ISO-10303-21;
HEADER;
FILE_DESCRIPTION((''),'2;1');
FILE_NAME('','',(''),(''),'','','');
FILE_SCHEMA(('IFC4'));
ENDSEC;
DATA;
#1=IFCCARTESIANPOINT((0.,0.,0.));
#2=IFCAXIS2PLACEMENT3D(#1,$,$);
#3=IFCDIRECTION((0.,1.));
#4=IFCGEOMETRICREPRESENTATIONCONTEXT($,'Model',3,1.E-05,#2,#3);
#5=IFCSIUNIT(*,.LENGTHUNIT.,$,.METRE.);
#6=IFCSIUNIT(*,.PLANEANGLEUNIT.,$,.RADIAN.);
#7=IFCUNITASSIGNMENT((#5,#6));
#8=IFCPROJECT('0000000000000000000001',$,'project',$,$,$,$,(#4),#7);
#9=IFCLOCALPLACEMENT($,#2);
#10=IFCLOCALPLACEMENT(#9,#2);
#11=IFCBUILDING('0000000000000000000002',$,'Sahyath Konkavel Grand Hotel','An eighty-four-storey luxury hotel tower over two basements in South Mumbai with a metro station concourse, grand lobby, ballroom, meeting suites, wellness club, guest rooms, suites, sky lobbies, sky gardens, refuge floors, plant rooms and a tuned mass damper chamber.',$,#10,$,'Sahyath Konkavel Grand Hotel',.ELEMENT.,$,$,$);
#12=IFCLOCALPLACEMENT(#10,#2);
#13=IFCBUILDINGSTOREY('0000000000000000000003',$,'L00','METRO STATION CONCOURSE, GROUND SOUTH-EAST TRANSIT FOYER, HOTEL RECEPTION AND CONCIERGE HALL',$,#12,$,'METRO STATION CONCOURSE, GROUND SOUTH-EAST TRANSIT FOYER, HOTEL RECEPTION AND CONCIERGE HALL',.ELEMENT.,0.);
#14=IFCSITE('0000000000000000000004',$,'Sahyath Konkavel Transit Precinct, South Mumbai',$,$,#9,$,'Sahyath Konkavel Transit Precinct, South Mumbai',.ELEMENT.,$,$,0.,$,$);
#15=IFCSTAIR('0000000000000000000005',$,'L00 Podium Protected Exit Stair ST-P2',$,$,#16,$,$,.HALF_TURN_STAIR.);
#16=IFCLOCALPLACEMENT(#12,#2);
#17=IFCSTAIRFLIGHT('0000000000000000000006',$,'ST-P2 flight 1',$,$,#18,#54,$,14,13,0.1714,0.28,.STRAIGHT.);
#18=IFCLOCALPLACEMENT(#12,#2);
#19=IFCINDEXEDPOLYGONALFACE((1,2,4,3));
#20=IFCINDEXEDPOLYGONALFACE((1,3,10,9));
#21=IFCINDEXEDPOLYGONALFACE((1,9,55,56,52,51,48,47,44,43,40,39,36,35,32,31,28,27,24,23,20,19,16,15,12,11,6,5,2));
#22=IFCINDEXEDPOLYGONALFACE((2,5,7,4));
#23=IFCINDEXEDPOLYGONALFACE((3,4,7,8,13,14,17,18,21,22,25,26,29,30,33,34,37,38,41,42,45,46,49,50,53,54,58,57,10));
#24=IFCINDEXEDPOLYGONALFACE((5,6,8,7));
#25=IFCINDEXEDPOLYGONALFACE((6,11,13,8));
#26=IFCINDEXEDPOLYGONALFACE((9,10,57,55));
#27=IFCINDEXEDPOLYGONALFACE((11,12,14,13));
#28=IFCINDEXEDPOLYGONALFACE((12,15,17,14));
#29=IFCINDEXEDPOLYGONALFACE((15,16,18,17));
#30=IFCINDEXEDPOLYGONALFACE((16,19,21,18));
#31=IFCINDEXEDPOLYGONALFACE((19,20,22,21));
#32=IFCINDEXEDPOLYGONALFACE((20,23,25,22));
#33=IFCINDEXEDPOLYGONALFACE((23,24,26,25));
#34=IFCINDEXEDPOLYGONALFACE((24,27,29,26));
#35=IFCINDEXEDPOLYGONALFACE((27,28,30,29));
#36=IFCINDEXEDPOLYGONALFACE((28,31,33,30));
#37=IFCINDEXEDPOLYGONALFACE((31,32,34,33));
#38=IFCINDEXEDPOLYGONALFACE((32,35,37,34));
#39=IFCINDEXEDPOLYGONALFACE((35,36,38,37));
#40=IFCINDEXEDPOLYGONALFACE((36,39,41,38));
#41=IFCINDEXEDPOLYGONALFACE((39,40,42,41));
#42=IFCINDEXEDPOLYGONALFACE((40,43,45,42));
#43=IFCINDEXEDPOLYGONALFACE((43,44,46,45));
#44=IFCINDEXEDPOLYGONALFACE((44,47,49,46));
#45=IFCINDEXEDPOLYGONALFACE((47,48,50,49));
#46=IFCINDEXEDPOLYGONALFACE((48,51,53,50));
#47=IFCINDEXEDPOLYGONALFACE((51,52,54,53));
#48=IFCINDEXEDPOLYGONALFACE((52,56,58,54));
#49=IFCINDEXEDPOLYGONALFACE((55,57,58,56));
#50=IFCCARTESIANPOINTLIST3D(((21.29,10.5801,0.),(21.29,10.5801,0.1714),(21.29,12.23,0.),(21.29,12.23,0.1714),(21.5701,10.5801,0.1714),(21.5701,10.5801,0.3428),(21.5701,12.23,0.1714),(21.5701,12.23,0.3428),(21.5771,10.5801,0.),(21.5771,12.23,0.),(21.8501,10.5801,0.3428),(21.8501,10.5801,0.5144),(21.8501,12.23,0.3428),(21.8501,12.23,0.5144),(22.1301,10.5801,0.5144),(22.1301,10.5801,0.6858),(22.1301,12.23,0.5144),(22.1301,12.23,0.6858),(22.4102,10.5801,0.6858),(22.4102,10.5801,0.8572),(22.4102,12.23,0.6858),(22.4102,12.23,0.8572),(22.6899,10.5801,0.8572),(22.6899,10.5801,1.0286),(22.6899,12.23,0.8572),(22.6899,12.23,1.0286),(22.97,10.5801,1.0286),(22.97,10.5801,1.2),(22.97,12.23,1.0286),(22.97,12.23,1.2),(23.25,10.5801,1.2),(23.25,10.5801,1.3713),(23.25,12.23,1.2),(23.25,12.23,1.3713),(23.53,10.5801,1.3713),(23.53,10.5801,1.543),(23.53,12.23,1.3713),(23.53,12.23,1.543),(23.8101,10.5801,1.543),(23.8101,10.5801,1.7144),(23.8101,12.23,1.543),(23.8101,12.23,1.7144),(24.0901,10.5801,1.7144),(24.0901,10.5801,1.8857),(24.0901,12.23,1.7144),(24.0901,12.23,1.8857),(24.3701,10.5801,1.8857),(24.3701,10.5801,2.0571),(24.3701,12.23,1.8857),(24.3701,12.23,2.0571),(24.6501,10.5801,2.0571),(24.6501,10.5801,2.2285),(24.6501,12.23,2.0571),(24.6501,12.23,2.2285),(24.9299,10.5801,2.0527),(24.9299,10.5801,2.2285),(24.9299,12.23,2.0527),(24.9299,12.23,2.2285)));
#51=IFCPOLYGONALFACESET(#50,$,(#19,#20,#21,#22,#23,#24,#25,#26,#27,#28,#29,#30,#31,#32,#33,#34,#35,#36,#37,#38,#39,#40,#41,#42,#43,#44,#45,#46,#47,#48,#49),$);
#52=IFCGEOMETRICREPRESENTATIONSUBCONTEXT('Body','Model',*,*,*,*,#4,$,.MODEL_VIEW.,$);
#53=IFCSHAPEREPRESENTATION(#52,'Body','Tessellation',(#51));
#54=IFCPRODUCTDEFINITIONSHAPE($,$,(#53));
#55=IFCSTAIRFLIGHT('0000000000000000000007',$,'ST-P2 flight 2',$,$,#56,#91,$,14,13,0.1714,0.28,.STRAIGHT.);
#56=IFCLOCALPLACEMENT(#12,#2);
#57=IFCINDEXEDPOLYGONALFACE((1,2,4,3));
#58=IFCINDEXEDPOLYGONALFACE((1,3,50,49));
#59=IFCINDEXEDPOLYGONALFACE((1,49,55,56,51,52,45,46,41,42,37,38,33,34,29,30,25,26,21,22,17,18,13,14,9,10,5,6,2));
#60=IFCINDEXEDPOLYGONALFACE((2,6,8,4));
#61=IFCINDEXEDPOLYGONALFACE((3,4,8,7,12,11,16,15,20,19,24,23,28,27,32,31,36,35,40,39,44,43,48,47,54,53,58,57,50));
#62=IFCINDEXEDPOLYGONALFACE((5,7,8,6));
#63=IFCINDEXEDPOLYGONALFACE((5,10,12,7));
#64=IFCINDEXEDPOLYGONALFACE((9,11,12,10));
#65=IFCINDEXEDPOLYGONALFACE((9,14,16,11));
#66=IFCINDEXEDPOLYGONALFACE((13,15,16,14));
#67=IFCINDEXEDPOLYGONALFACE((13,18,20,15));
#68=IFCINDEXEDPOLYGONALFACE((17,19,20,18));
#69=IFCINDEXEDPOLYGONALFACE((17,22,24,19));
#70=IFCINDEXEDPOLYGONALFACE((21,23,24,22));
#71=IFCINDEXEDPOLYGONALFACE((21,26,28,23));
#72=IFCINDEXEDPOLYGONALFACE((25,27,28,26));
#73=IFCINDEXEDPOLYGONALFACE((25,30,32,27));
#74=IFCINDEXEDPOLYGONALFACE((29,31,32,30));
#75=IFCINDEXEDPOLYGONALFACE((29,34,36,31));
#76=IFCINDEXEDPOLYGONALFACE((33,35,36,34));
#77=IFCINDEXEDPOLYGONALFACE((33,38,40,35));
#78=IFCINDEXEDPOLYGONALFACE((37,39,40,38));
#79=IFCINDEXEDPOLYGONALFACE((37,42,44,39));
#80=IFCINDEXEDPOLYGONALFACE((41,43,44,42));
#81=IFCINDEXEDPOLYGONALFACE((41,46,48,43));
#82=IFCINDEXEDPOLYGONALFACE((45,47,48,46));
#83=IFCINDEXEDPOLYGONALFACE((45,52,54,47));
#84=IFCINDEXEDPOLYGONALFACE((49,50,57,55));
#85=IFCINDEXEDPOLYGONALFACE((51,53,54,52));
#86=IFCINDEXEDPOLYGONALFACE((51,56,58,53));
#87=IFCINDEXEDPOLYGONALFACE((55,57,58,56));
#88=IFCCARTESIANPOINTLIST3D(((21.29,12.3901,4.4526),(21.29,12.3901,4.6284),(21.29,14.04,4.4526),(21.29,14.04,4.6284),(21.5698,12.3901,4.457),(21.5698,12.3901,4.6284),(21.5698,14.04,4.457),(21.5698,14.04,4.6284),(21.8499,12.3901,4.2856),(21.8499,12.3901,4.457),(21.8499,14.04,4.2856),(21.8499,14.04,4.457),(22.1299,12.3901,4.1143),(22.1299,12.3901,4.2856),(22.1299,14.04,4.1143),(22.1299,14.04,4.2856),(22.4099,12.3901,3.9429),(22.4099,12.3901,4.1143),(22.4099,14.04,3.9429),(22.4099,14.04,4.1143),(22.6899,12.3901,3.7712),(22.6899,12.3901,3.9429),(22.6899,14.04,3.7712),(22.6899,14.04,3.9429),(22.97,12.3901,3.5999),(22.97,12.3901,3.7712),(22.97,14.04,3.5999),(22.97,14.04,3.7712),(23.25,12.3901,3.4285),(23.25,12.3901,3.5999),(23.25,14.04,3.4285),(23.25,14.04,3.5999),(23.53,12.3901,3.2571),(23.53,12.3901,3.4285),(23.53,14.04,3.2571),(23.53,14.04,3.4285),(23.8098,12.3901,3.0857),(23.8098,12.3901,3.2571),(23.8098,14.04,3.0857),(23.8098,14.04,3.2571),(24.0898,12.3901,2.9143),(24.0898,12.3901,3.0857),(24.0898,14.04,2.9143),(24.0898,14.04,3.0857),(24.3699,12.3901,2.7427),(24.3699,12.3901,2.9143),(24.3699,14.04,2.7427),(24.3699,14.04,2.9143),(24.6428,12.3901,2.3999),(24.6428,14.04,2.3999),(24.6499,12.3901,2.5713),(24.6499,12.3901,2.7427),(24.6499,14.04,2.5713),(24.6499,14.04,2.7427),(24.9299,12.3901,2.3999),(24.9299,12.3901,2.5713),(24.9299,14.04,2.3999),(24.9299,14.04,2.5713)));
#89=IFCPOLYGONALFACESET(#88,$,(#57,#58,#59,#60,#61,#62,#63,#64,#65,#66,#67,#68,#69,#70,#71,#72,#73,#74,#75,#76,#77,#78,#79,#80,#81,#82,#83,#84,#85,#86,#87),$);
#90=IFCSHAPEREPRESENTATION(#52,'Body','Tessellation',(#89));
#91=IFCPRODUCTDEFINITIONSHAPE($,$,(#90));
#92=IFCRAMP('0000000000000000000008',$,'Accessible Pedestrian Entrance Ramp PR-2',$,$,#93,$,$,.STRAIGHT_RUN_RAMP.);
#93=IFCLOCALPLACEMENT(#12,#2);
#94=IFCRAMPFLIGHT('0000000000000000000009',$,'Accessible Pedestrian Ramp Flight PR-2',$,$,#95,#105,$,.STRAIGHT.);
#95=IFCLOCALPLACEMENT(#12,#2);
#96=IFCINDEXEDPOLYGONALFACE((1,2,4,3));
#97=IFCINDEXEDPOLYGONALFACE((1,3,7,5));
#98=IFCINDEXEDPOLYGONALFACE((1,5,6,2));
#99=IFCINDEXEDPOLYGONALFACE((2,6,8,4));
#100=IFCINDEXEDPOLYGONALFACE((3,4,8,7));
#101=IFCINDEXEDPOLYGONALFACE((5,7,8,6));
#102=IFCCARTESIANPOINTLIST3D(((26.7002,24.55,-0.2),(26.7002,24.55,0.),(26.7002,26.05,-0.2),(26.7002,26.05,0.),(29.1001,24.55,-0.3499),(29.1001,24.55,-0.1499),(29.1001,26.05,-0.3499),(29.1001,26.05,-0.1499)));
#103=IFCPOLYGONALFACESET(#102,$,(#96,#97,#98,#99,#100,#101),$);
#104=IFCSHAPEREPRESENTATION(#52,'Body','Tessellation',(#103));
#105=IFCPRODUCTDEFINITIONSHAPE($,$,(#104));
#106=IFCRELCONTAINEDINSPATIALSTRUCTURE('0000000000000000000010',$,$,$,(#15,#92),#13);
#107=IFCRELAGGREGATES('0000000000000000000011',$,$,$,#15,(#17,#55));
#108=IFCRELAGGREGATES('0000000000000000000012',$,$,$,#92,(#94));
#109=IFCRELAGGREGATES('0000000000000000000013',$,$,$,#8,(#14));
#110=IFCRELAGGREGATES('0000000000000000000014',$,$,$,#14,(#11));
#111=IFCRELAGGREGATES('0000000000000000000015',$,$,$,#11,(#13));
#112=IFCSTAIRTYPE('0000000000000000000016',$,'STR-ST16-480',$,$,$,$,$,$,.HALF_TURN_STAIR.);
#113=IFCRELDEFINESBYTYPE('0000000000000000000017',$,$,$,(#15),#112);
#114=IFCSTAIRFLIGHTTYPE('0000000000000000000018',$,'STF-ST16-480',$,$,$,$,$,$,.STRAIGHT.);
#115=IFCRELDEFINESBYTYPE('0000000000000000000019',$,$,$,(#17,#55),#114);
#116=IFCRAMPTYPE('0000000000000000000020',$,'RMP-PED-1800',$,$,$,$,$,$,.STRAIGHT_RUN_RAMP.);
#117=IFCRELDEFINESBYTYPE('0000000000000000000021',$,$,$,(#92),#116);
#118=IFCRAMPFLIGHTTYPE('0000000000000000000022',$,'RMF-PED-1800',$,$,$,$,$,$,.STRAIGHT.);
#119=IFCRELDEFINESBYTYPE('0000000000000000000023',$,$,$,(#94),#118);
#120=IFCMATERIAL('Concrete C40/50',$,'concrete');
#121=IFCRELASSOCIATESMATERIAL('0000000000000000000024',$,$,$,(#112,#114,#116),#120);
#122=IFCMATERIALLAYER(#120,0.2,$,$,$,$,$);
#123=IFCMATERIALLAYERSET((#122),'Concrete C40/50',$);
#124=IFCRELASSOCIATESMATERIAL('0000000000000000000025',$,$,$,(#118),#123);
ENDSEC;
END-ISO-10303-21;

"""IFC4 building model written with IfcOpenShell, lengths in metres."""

from ifc_helpers import new_model, si_unit, direction, frame, origin, place, context, subcontext, project, spatial, polyline, outline, extrude, material, layer, layer_set, type_object, element, aggregate, save


model = new_model("IFC4")

# Units and contexts
model_context = context("Model", 3, precision=1e-05, world=origin(), true_north=direction((0.0, 1.0)))
body_context = subcontext(model_context, "Body", "Model", "MODEL_VIEW")
ifc_project = project(units=[si_unit("LENGTHUNIT", "METRE"), si_unit("PLANEANGLEUNIT", "RADIAN")], contexts=[model_context])

# Site, building, storey
site_placement = place(None, origin())
site = spatial("IfcSite", under=ifc_project, at=site_placement, Name="Sahyath Konkavel Transit Precinct, South Mumbai", LongName="Sahyath Konkavel Transit Precinct, South Mumbai", CompositionType="ELEMENT", RefElevation=0.0)
building_placement = place(site_placement, origin())
building = spatial("IfcBuilding", under=site, at=building_placement, Name="Sahyath Konkavel Grand Hotel", Description="An eighty-four-storey luxury hotel tower over two basements in South Mumbai with a metro station concourse, grand lobby, ballroom, meeting suites, wellness club, guest rooms, suites, sky lobbies, sky gardens, refuge floors, plant rooms and a tuned mass damper chamber.", LongName="Sahyath Konkavel Grand Hotel", CompositionType="ELEMENT")
storey_placement = place(building_placement, origin())
storey = spatial("IfcBuildingStorey", under=building, at=storey_placement, Name="L00", Description="METRO STATION CONCOURSE, GROUND SOUTH-EAST TRANSIT FOYER, HOTEL RECEPTION AND CONCIERGE HALL", LongName="METRO STATION CONCOURSE, GROUND SOUTH-EAST TRANSIT FOYER, HOTEL RECEPTION AND CONCIERGE HALL", CompositionType="ELEMENT", Elevation=0.0)

# Shared definitions
ifc_material_1 = material(Name="Concrete C40/50", Category="concrete")

# Stair, stair flights
stair_type = type_object("IfcStairType", Name="STR-ST16-480", PredefinedType="HALF_TURN_STAIR", material=ifc_material_1)
stair_placement = place(storey_placement, origin())
stair = element("IfcStair", 1, at=stair_placement, inside=storey, type_object=stair_type, Name="L00 Podium Protected Exit Stair ST-P2", PredefinedType="HALF_TURN_STAIR")
stair_flight_type = type_object("IfcStairFlightType", Name="STF-ST16-480", PredefinedType="STRAIGHT", material=ifc_material_1)
stair_flight_1_placement = place(storey_placement, frame((21.29, 11.405, 0.0), z_axis=(0.0, 0.0, 1.0), x_axis=(1.0, 0.0, 0.0)))
stair_flight_1 = element("IfcStairFlight", 2, at=stair_flight_1_placement, type_object=stair_flight_type, Name="ST-P2 flight 1", NumberOfRisers=14, NumberOfTreads=13, PredefinedType="STRAIGHT", RiserHeight=0.1714, TreadLength=0.28, context=body_context, shape_type="SweptSolid", body=[
    extrude(outline(polyline([(0.0, 0.0), (0.0, 0.1714), (0.28, 0.1714), (0.28, 0.3428), (0.5601, 0.3428), (0.5601, 0.5144), (0.8401, 0.5144), (0.8401, 0.6858), (1.1201, 0.6858), (1.1201, 0.8572), (1.3999, 0.8572), (1.3999, 1.0286), (1.6799, 1.0286), (1.6799, 1.2), (1.96, 1.2), (1.96, 1.3713), (2.24, 1.3713), (2.24, 1.543), (2.52, 1.543), (2.52, 1.7144), (2.8, 1.7144), (2.8, 1.8857), (3.0801, 1.8857), (3.0801, 2.0571), (3.3601, 2.0571), (3.3601, 2.2285), (3.6399, 2.2285), (3.6399, 2.3999), (3.6399, 2.0527), (0.2871, 0.0), (0.0, 0.0)])), frame((0.0, 0.825, 0.0), z_axis=(0.0, -1.0, 0.0), x_axis=(1.0, 0.0, 0.0)), (0.0, 0.0, 1.0), 1.6499),
])
stair_flight_2_placement = place(storey_placement, frame((24.9299, 13.2151, 2.3999), z_axis=(0.0, 0.0, 1.0), x_axis=(-1.0, 0.0, 0.0)))
stair_flight_2 = element("IfcStairFlight", 3, at=stair_flight_2_placement, type_object=stair_flight_type, Name="ST-P2 flight 2", NumberOfRisers=14, NumberOfTreads=13, PredefinedType="STRAIGHT", RiserHeight=0.1714, TreadLength=0.28, context=body_context, shape_type="SweptSolid", body=[
    extrude(outline(polyline([(0.0, 0.0), (0.0, 0.1714), (0.28, 0.1714), (0.28, 0.3428), (0.5601, 0.3428), (0.5601, 0.5144), (0.8401, 0.5144), (0.8401, 0.6858), (1.1201, 0.6858), (1.1201, 0.8572), (1.3999, 0.8572), (1.3999, 1.0286), (1.6799, 1.0286), (1.6799, 1.2), (1.96, 1.2), (1.96, 1.3713), (2.24, 1.3713), (2.24, 1.543), (2.52, 1.543), (2.52, 1.7144), (2.8, 1.7144), (2.8, 1.8857), (3.0801, 1.8857), (3.0801, 2.0571), (3.3601, 2.0571), (3.3601, 2.2285), (3.6399, 2.2285), (3.6399, 2.3999), (3.6399, 2.0527), (0.2871, 0.0), (0.0, 0.0)])), frame((0.0, 0.825, 0.0), z_axis=(0.0, -1.0, 0.0), x_axis=(1.0, 0.0, 0.0)), (0.0, 0.0, 1.0), 1.6499),
])
aggregate(stair, [stair_flight_1, stair_flight_2])

# Ramp, ramp flight
ramp_type = type_object("IfcRampType", Name="RMP-PED-1800", PredefinedType="STRAIGHT_RUN_RAMP", material=ifc_material_1)
ramp_placement = place(storey_placement, origin())
ramp = element("IfcRamp", 4, at=ramp_placement, inside=storey, type_object=ramp_type, Name="Accessible Pedestrian Entrance Ramp PR-2", PredefinedType="STRAIGHT_RUN_RAMP")
ifc_layer_1 = layer(ifc_material_1, 0.2)
ifc_layer_set_1 = layer_set([ifc_layer_1], Name="Concrete C40/50")
ramp_flight_type = type_object("IfcRampFlightType", Name="RMF-PED-1800", PredefinedType="STRAIGHT", material=ifc_layer_set_1)
ramp_flight_placement = place(storey_placement, frame((29.1001, 25.3, -0.1499), z_axis=(0.0, 0.0, 1.0), x_axis=(-1.0, 0.0, 0.0)))
ramp_flight = element("IfcRampFlight", 5, at=ramp_flight_placement, type_object=ramp_flight_type, Name="Accessible Pedestrian Ramp Flight PR-2", PredefinedType="STRAIGHT", context=body_context, shape_type="SweptSolid", body=[
    extrude(outline(polyline([(0.0, 0.0), (0.0, -0.2), (2.3999, -0.05), (2.3999, 0.1499), (0.0, 0.0)])), frame((0.0, 0.75, 0.0), z_axis=(0.0, -1.0, 0.0), x_axis=(1.0, 0.0, 0.0)), (0.0, 0.0, 1.0), 1.5),
])
aggregate(ramp, [ramp_flight])

save(model, "model.ifc")
